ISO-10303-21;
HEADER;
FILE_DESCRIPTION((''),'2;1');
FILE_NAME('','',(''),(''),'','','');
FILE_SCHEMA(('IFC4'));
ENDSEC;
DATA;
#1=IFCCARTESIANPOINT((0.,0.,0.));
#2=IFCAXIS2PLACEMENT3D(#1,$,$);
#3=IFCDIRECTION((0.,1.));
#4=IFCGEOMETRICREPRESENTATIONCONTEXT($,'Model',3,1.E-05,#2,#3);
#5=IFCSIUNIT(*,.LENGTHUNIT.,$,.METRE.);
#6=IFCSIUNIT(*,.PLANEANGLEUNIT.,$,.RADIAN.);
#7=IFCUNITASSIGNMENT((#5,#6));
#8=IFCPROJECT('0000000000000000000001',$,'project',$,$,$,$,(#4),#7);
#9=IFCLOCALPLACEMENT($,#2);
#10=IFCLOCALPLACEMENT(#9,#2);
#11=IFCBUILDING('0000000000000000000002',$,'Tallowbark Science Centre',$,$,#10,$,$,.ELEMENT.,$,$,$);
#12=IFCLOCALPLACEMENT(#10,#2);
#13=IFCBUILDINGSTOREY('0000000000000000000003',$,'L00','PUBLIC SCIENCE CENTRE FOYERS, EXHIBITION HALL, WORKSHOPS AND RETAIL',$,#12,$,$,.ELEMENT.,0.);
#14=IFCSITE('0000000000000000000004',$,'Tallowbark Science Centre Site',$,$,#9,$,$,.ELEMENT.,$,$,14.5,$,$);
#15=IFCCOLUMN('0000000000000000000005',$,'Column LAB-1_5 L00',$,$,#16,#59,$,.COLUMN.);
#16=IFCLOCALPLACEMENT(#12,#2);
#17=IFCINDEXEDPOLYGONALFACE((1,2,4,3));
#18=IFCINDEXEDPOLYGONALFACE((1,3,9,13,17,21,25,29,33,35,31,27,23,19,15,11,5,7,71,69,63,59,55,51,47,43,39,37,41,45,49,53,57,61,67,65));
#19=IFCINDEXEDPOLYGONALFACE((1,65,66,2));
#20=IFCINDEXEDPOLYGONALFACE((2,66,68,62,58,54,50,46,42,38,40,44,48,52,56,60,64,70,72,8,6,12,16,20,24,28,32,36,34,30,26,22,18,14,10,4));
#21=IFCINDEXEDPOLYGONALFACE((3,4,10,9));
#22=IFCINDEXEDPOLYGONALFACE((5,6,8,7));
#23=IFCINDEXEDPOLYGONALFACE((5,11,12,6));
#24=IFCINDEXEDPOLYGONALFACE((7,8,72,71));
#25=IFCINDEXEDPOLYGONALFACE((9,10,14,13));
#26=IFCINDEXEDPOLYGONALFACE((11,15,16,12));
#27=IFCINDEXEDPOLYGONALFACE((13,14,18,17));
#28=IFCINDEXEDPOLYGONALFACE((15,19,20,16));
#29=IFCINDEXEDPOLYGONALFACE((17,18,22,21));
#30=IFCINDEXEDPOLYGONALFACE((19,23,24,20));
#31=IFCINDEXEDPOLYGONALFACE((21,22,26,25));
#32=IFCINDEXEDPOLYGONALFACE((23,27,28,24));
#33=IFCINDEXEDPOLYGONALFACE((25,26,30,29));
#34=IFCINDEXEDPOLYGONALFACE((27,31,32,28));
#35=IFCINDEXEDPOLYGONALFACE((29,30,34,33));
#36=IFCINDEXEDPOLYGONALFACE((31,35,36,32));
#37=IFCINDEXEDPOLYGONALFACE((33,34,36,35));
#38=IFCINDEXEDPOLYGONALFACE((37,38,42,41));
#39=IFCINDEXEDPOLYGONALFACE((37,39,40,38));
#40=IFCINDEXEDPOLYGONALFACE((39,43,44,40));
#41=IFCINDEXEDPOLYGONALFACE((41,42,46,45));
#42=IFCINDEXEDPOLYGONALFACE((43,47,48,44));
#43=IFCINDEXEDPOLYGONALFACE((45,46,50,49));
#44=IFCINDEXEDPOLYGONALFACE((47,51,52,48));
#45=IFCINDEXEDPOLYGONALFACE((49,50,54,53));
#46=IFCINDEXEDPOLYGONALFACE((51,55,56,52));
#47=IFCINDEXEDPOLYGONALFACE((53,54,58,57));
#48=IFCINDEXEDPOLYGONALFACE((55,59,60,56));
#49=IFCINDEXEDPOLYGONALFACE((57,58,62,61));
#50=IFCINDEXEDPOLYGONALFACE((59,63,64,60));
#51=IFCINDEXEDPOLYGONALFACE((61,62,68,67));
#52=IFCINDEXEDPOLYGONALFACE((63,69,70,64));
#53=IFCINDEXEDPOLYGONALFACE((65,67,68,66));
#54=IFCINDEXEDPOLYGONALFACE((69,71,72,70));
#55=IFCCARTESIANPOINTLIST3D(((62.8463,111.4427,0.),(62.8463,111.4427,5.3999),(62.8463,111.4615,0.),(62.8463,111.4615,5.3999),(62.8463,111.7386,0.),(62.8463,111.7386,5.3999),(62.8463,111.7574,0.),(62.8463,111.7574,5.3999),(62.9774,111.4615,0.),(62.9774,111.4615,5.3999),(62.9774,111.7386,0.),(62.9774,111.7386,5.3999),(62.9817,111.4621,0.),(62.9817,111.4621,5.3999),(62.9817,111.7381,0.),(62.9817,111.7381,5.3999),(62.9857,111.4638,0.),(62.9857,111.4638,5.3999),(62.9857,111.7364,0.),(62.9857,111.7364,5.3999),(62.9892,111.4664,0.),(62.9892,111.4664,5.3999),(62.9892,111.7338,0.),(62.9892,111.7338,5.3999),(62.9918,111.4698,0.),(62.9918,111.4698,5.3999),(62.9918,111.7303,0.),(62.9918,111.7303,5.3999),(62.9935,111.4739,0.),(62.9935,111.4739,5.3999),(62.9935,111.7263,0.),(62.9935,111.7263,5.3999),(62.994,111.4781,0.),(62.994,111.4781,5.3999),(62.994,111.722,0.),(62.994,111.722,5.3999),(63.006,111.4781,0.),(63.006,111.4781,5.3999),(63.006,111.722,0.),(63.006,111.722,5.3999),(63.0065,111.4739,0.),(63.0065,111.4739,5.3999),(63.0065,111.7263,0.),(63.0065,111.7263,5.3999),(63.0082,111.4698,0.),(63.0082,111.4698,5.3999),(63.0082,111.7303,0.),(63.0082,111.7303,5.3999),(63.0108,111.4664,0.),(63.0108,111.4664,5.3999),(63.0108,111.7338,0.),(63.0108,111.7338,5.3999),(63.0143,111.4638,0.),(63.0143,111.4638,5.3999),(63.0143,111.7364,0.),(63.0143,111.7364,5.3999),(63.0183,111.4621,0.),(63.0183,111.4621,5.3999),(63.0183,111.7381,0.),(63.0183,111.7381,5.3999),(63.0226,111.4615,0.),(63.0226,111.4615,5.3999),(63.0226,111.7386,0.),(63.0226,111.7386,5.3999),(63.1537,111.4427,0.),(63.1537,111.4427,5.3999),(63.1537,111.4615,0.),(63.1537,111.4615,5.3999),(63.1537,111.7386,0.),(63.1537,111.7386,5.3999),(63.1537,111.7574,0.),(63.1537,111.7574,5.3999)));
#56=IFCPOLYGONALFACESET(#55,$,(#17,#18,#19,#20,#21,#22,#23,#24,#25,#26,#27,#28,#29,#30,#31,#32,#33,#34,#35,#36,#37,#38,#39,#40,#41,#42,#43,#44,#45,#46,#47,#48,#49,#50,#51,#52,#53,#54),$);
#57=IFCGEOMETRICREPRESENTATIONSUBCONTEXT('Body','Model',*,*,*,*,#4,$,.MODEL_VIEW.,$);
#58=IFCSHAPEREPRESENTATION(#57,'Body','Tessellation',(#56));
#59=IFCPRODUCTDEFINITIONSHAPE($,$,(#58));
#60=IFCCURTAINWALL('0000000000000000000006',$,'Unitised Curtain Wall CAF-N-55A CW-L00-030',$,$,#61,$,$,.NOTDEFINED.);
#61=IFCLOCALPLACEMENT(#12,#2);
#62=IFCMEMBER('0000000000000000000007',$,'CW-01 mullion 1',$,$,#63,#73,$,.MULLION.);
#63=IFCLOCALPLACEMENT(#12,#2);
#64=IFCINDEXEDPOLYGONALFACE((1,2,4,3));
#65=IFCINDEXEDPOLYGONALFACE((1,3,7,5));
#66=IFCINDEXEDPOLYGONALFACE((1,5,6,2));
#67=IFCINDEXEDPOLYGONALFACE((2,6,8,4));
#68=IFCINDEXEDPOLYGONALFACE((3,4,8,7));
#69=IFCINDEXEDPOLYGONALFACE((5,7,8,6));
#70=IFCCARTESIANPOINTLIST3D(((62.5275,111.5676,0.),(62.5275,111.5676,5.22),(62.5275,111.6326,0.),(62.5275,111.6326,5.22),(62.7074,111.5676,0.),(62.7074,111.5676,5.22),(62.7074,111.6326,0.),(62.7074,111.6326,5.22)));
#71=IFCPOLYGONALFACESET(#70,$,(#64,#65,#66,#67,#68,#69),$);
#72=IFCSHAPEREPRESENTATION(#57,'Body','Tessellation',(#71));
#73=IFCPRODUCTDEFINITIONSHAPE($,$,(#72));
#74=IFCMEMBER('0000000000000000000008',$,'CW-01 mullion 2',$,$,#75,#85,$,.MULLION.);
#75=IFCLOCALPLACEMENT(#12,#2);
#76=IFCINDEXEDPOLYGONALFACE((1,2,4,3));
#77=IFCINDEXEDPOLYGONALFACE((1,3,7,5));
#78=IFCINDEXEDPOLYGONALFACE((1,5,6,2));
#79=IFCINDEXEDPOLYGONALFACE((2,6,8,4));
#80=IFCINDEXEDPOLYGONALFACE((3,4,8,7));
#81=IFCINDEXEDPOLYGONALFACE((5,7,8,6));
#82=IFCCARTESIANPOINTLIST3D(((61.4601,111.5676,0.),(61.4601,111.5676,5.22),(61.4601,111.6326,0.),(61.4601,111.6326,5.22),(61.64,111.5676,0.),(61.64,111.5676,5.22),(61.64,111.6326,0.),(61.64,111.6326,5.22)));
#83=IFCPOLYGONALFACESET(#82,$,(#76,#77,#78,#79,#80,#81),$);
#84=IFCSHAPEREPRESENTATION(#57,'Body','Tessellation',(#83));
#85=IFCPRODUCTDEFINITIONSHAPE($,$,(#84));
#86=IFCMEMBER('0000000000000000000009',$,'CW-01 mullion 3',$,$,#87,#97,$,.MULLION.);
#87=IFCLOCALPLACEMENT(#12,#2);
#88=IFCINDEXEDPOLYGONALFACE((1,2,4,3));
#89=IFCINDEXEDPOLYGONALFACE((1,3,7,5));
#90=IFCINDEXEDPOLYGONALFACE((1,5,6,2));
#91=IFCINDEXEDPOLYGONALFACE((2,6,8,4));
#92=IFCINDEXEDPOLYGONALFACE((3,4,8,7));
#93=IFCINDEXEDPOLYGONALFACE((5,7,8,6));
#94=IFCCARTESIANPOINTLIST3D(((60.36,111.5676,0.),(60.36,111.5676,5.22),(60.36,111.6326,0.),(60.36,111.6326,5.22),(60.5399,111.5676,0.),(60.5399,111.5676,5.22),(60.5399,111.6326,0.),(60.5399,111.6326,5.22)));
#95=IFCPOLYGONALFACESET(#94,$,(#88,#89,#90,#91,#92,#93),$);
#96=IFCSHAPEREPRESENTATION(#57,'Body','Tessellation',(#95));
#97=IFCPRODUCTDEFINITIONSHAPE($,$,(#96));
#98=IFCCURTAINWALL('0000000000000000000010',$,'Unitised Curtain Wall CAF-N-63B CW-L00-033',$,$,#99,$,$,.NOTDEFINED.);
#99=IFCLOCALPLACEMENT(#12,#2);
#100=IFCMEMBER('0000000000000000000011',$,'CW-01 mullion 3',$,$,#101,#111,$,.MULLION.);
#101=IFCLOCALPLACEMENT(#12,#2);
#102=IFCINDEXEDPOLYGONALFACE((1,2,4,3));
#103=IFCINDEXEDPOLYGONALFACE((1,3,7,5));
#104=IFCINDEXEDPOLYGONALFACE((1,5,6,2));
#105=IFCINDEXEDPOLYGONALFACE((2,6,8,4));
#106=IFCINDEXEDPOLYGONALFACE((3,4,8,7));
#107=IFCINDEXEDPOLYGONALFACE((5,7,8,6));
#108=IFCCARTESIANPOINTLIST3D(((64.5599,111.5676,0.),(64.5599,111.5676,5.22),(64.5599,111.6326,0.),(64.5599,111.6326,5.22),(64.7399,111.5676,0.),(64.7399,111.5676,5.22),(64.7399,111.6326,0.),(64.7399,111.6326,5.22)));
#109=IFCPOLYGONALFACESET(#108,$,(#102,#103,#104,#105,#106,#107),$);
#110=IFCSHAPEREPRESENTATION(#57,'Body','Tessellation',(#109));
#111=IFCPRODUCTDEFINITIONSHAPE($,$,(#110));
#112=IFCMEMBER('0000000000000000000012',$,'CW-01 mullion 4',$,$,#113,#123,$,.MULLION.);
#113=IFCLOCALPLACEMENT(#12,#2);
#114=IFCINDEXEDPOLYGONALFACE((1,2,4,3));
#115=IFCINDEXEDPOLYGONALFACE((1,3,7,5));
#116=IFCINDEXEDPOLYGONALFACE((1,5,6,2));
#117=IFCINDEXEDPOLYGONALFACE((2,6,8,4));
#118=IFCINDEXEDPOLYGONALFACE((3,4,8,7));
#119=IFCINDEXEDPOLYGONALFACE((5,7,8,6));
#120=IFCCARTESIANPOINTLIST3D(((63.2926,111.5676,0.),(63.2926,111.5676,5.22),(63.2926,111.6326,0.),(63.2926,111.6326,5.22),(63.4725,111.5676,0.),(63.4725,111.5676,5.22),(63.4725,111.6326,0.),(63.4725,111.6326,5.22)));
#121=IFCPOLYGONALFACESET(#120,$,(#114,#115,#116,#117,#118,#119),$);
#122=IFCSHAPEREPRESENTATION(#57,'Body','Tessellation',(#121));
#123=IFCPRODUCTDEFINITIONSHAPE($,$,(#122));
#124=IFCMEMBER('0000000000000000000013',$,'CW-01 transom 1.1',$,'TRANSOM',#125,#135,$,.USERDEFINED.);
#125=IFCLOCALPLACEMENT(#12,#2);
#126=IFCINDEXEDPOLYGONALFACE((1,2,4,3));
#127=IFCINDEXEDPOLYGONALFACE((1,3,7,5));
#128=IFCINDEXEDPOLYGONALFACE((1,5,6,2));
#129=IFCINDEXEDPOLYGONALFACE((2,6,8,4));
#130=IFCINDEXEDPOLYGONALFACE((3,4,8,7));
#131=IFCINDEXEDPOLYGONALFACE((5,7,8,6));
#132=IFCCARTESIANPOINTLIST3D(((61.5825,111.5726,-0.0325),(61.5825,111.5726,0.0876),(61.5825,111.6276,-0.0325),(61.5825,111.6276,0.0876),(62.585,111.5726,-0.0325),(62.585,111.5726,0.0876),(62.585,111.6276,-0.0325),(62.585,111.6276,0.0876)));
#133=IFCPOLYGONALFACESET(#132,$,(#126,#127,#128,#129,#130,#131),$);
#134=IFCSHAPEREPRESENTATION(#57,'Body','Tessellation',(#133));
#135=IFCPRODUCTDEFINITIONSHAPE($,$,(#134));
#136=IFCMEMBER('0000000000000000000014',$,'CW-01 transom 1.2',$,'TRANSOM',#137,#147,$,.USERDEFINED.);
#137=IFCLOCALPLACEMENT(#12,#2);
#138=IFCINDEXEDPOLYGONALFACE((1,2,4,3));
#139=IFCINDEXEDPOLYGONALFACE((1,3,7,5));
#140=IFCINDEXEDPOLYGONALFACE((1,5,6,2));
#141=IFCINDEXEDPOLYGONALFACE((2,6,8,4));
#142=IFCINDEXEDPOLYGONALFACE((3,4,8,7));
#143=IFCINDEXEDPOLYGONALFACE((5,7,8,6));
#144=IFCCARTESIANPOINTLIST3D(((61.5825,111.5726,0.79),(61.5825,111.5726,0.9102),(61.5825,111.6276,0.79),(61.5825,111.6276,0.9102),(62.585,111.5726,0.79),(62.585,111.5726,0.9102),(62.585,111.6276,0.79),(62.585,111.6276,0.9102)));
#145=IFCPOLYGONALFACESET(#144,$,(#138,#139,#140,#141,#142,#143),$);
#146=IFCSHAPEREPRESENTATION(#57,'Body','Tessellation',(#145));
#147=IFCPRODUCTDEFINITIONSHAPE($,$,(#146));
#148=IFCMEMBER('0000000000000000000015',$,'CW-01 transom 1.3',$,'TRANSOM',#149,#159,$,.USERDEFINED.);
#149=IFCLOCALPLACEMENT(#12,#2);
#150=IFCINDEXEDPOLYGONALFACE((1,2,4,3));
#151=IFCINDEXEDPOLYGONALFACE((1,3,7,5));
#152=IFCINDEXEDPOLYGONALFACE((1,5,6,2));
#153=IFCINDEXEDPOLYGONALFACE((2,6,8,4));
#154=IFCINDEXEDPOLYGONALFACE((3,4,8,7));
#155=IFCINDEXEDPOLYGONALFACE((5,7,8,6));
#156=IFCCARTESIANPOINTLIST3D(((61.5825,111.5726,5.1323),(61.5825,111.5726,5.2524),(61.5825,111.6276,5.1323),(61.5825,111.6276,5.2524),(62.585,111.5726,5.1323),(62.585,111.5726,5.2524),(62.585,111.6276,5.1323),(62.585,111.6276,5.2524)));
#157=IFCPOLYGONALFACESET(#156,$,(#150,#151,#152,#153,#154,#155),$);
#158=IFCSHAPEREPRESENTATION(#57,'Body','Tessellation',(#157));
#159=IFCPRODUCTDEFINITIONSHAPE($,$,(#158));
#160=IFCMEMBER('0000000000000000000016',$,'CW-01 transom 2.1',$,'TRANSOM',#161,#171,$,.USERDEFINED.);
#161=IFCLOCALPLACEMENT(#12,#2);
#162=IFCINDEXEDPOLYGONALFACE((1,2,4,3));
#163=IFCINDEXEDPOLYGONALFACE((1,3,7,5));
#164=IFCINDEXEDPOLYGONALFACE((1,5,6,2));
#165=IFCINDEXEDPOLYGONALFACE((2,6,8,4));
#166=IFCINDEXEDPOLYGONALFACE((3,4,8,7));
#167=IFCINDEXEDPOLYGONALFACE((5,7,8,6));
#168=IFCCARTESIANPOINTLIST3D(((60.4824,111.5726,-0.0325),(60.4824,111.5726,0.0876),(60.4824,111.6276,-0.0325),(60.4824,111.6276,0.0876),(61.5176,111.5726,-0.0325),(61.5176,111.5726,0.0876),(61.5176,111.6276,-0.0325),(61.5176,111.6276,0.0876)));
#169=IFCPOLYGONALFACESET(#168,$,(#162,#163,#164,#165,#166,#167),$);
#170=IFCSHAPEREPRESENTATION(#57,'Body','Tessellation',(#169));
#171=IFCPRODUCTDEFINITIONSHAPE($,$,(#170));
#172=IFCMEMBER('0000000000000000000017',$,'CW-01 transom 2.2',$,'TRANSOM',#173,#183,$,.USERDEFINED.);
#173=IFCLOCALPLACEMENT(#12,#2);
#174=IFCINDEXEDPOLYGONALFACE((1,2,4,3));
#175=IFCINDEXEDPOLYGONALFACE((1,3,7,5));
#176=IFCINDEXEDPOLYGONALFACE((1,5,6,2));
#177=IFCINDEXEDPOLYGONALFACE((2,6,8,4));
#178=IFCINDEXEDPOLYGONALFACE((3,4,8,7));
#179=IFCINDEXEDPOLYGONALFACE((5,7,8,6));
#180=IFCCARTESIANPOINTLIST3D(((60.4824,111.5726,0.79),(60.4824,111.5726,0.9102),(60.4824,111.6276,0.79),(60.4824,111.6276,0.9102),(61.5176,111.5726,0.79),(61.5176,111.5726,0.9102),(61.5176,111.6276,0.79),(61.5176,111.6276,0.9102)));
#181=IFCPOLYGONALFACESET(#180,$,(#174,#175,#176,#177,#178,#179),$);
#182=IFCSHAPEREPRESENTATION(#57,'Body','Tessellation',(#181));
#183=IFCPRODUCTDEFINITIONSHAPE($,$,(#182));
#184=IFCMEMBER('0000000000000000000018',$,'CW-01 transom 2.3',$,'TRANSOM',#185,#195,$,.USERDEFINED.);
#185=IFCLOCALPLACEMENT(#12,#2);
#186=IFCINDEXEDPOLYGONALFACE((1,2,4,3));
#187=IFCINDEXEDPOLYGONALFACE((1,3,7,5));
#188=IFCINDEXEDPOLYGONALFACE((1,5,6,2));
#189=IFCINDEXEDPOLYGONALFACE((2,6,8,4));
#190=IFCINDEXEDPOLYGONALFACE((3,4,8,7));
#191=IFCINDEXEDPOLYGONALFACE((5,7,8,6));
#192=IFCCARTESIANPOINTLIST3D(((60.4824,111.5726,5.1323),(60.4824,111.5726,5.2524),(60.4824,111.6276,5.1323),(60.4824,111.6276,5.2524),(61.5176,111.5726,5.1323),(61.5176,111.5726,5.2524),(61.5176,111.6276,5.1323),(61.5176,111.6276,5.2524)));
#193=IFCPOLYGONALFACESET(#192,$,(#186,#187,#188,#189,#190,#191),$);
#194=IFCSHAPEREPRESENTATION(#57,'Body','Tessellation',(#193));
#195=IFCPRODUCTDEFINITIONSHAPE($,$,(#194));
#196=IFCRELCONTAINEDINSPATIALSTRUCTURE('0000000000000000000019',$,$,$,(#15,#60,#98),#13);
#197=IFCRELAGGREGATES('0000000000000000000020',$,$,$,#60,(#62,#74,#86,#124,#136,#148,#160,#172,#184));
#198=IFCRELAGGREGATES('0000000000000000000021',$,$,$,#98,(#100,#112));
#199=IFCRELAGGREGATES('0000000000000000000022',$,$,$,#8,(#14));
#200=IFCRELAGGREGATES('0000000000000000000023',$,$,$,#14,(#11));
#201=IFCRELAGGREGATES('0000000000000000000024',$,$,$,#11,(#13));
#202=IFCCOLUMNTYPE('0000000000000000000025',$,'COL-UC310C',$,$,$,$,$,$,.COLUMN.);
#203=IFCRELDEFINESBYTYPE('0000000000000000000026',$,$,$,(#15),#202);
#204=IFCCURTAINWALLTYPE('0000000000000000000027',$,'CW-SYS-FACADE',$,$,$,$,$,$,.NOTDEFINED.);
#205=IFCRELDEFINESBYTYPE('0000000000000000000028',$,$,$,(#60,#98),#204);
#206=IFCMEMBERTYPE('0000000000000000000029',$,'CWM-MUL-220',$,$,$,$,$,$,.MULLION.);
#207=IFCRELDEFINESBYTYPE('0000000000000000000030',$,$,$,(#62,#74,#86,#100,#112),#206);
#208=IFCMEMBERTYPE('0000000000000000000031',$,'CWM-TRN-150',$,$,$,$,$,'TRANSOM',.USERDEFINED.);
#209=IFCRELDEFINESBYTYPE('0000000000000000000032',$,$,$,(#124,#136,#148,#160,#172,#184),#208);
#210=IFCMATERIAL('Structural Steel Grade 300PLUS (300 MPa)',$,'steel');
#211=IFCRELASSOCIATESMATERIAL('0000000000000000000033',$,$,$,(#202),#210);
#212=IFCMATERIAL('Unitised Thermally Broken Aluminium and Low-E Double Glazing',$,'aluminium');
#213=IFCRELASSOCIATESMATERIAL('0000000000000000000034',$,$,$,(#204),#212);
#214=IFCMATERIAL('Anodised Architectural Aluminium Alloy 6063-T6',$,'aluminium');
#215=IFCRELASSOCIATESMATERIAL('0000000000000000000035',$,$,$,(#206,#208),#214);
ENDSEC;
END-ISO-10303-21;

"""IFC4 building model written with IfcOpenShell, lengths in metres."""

from ifc_helpers import new_model, si_unit, direction, frame, origin, origin_2d, place, context, subcontext, project, spatial, rectangle, i_section, extrude, material, material_profile, profile_set, type_object, element, aggregate, save


model = new_model("IFC4")

# Units and contexts
model_context = context("Model", 3, precision=1e-05, world=origin(), true_north=direction((0.0, 1.0)))
body_context = subcontext(model_context, "Body", "Model", "MODEL_VIEW")
ifc_project = project(units=[si_unit("LENGTHUNIT", "METRE"), si_unit("PLANEANGLEUNIT", "RADIAN")], contexts=[model_context])

# Site, building, storey
site_placement = place(None, origin())
site = spatial("IfcSite", under=ifc_project, at=site_placement, Name="Tallowbark Science Centre Site", CompositionType="ELEMENT", RefElevation=14.5)
building_placement = place(site_placement, origin())
building = spatial("IfcBuilding", under=site, at=building_placement, Name="Tallowbark Science Centre", CompositionType="ELEMENT")
storey_placement = place(building_placement, origin())
storey = spatial("IfcBuildingStorey", under=building, at=storey_placement, Name="L00", Description="PUBLIC SCIENCE CENTRE FOYERS, EXHIBITION HALL, WORKSHOPS AND RETAIL", CompositionType="ELEMENT", Elevation=0.0)

# Column
ifc_material_1 = material(Name="Structural Steel Grade 300PLUS (300 MPa)", Category="steel")
ifc_material_profile_1 = material_profile(ifc_material_1, i_section(OverallWidth=0.3074, OverallDepth=0.3147, WebThickness=0.012, FlangeThickness=0.0188, FilletRadius=0.0166, at=origin_2d()), Name="310UC118")
ifc_profile_set_1 = profile_set([ifc_material_profile_1], Name="Structural Steel Grade 300PLUS (300 MPa)")
column_type = type_object("IfcColumnType", Name="COL-UC310C", PredefinedType="COLUMN", material=ifc_profile_set_1)
column_placement = place(storey_placement, frame((63.0, 111.6001, 0.0), z_axis=(0.0, 0.0, 1.0), x_axis=(1.0, 0.0, 0.0)))
element("IfcColumn", 1, at=column_placement, inside=storey, type_object=column_type, Name="Column LAB-1_5 L00", PredefinedType="COLUMN", context=body_context, shape_type="SweptSolid", body=[
    extrude(i_section(OverallWidth=0.3074, OverallDepth=0.3147, WebThickness=0.012, FlangeThickness=0.0188, FilletRadius=0.0166, at=origin_2d()), origin(), (0.0, 0.0, 1.0), 5.3999),
])

# Curtain walls, members
ifc_material_2 = material(Name="Unitised Thermally Broken Aluminium and Low-E Double Glazing", Category="aluminium")
curtain_wall_type = type_object("IfcCurtainWallType", Name="CW-SYS-FACADE", PredefinedType="NOTDEFINED", material=ifc_material_2)
curtain_wall_1_placement = place(storey_placement, origin())
curtain_wall_1 = element("IfcCurtainWall", 2, at=curtain_wall_1_placement, inside=storey, type_object=curtain_wall_type, Name="Unitised Curtain Wall CAF-N-55A CW-L00-030", PredefinedType="NOTDEFINED")
ifc_material_3 = material(Name="Anodised Architectural Aluminium Alloy 6063-T6", Category="aluminium")
ifc_material_profile_2 = material_profile(ifc_material_3, rectangle(XDim=0.0649, YDim=0.1799, at=origin_2d()), Name="ALU65x180")
ifc_profile_set_2 = profile_set([ifc_material_profile_2], Name="Anodised Architectural Aluminium Alloy 6063-T6")
member_type_1 = type_object("IfcMemberType", Name="CWM-MUL-220", PredefinedType="MULLION", material=ifc_profile_set_2)
member_1_placement = place(storey_placement, frame((62.6174, 111.6001, 0.0), z_axis=(0.0, 0.0, 1.0), x_axis=(0.0, -1.0, 0.0)))
member_1 = element("IfcMember", 3, at=member_1_placement, type_object=member_type_1, Name="CW-01 mullion 1", PredefinedType="MULLION", context=body_context, shape_type="SweptSolid", body=[
    extrude(rectangle(XDim=0.0649, YDim=0.1799, at=origin_2d()), origin(), (0.0, 0.0, 1.0), 5.22),
])
member_2_placement = place(storey_placement, frame((61.55, 111.6001, 0.0), z_axis=(0.0, 0.0, 1.0), x_axis=(0.0, -1.0, 0.0)))
member_2 = element("IfcMember", 4, at=member_2_placement, type_object=member_type_1, Name="CW-01 mullion 2", PredefinedType="MULLION", context=body_context, shape_type="SweptSolid", body=[
    extrude(rectangle(XDim=0.0649, YDim=0.1799, at=origin_2d()), origin(), (0.0, 0.0, 1.0), 5.22),
])
member_3_placement = place(storey_placement, frame((60.45, 111.6001, 0.0), z_axis=(0.0, 0.0, 1.0), x_axis=(0.0, -1.0, 0.0)))
member_3 = element("IfcMember", 5, at=member_3_placement, type_object=member_type_1, Name="CW-01 mullion 3", PredefinedType="MULLION", context=body_context, shape_type="SweptSolid", body=[
    extrude(rectangle(XDim=0.0649, YDim=0.1799, at=origin_2d()), origin(), (0.0, 0.0, 1.0), 5.22),
])
curtain_wall_2_placement = place(storey_placement, origin())
curtain_wall_2 = element("IfcCurtainWall", 6, at=curtain_wall_2_placement, inside=storey, type_object=curtain_wall_type, Name="Unitised Curtain Wall CAF-N-63B CW-L00-033", PredefinedType="NOTDEFINED")
member_4_placement = place(storey_placement, frame((64.6499, 111.6001, 0.0), z_axis=(0.0, 0.0, 1.0), x_axis=(0.0, -1.0, 0.0)))
member_4 = element("IfcMember", 7, at=member_4_placement, type_object=member_type_1, Name="CW-01 mullion 3", PredefinedType="MULLION", context=body_context, shape_type="SweptSolid", body=[
    extrude(rectangle(XDim=0.0649, YDim=0.1799, at=origin_2d()), origin(), (0.0, 0.0, 1.0), 5.22),
])
member_5_placement = place(storey_placement, frame((63.3826, 111.6001, 0.0), z_axis=(0.0, 0.0, 1.0), x_axis=(0.0, -1.0, 0.0)))
member_5 = element("IfcMember", 8, at=member_5_placement, type_object=member_type_1, Name="CW-01 mullion 4", PredefinedType="MULLION", context=body_context, shape_type="SweptSolid", body=[
    extrude(rectangle(XDim=0.0649, YDim=0.1799, at=origin_2d()), origin(), (0.0, 0.0, 1.0), 5.22),
])

# Members
ifc_material_profile_3 = material_profile(ifc_material_3, rectangle(XDim=0.0549, YDim=0.1201, at=origin_2d()), Name="ALU55x120")
ifc_profile_set_3 = profile_set([ifc_material_profile_3], Name="Anodised Architectural Aluminium Alloy 6063-T6")
member_type_2 = type_object("IfcMemberType", Name="CWM-TRN-150", ElementType="TRANSOM", PredefinedType="USERDEFINED", material=ifc_profile_set_3)
member_6_placement = place(storey_placement, frame((62.585, 111.6001, 0.0276), z_axis=(-1.0, 0.0, 0.0), x_axis=(0.0, -1.0, 0.0)))
member_6 = element("IfcMember", 9, at=member_6_placement, type_object=member_type_2, Name="CW-01 transom 1.1", ObjectType="TRANSOM", PredefinedType="USERDEFINED", context=body_context, shape_type="SweptSolid", body=[
    extrude(rectangle(XDim=0.0549, YDim=0.1201, at=origin_2d()), origin(), (0.0, 0.0, 1.0), 1.0024),
])
member_7_placement = place(storey_placement, frame((62.585, 111.6001, 0.8501), z_axis=(-1.0, 0.0, 0.0), x_axis=(0.0, -1.0, 0.0)))
member_7 = element("IfcMember", 10, at=member_7_placement, type_object=member_type_2, Name="CW-01 transom 1.2", ObjectType="TRANSOM", PredefinedType="USERDEFINED", context=body_context, shape_type="SweptSolid", body=[
    extrude(rectangle(XDim=0.0549, YDim=0.1201, at=origin_2d()), origin(), (0.0, 0.0, 1.0), 1.0024),
])
member_8_placement = place(storey_placement, frame((62.585, 111.6001, 5.1924), z_axis=(-1.0, 0.0, 0.0), x_axis=(0.0, -1.0, 0.0)))
member_8 = element("IfcMember", 11, at=member_8_placement, type_object=member_type_2, Name="CW-01 transom 1.3", ObjectType="TRANSOM", PredefinedType="USERDEFINED", context=body_context, shape_type="SweptSolid", body=[
    extrude(rectangle(XDim=0.0549, YDim=0.1201, at=origin_2d()), origin(), (0.0, 0.0, 1.0), 1.0024),
])
member_9_placement = place(storey_placement, frame((61.5176, 111.6001, 0.0276), z_axis=(-1.0, 0.0, 0.0), x_axis=(0.0, -1.0, 0.0)))
member_9 = element("IfcMember", 12, at=member_9_placement, type_object=member_type_2, Name="CW-01 transom 2.1", ObjectType="TRANSOM", PredefinedType="USERDEFINED", context=body_context, shape_type="SweptSolid", body=[
    extrude(rectangle(XDim=0.0549, YDim=0.1201, at=origin_2d()), origin(), (0.0, 0.0, 1.0), 1.0352),
])
member_10_placement = place(storey_placement, frame((61.5176, 111.6001, 0.8501), z_axis=(-1.0, 0.0, 0.0), x_axis=(0.0, -1.0, 0.0)))
member_10 = element("IfcMember", 13, at=member_10_placement, type_object=member_type_2, Name="CW-01 transom 2.2", ObjectType="TRANSOM", PredefinedType="USERDEFINED", context=body_context, shape_type="SweptSolid", body=[
    extrude(rectangle(XDim=0.0549, YDim=0.1201, at=origin_2d()), origin(), (0.0, 0.0, 1.0), 1.0352),
])
member_11_placement = place(storey_placement, frame((61.5176, 111.6001, 5.1924), z_axis=(-1.0, 0.0, 0.0), x_axis=(0.0, -1.0, 0.0)))
member_11 = element("IfcMember", 14, at=member_11_placement, type_object=member_type_2, Name="CW-01 transom 2.3", ObjectType="TRANSOM", PredefinedType="USERDEFINED", context=body_context, shape_type="SweptSolid", body=[
    extrude(rectangle(XDim=0.0549, YDim=0.1201, at=origin_2d()), origin(), (0.0, 0.0, 1.0), 1.0352),
])

aggregate(curtain_wall_1, [member_1, member_2, member_3, member_6, member_7, member_8, member_9, member_10, member_11])
aggregate(curtain_wall_2, [member_4, member_5])

save(model, "model.ifc")
